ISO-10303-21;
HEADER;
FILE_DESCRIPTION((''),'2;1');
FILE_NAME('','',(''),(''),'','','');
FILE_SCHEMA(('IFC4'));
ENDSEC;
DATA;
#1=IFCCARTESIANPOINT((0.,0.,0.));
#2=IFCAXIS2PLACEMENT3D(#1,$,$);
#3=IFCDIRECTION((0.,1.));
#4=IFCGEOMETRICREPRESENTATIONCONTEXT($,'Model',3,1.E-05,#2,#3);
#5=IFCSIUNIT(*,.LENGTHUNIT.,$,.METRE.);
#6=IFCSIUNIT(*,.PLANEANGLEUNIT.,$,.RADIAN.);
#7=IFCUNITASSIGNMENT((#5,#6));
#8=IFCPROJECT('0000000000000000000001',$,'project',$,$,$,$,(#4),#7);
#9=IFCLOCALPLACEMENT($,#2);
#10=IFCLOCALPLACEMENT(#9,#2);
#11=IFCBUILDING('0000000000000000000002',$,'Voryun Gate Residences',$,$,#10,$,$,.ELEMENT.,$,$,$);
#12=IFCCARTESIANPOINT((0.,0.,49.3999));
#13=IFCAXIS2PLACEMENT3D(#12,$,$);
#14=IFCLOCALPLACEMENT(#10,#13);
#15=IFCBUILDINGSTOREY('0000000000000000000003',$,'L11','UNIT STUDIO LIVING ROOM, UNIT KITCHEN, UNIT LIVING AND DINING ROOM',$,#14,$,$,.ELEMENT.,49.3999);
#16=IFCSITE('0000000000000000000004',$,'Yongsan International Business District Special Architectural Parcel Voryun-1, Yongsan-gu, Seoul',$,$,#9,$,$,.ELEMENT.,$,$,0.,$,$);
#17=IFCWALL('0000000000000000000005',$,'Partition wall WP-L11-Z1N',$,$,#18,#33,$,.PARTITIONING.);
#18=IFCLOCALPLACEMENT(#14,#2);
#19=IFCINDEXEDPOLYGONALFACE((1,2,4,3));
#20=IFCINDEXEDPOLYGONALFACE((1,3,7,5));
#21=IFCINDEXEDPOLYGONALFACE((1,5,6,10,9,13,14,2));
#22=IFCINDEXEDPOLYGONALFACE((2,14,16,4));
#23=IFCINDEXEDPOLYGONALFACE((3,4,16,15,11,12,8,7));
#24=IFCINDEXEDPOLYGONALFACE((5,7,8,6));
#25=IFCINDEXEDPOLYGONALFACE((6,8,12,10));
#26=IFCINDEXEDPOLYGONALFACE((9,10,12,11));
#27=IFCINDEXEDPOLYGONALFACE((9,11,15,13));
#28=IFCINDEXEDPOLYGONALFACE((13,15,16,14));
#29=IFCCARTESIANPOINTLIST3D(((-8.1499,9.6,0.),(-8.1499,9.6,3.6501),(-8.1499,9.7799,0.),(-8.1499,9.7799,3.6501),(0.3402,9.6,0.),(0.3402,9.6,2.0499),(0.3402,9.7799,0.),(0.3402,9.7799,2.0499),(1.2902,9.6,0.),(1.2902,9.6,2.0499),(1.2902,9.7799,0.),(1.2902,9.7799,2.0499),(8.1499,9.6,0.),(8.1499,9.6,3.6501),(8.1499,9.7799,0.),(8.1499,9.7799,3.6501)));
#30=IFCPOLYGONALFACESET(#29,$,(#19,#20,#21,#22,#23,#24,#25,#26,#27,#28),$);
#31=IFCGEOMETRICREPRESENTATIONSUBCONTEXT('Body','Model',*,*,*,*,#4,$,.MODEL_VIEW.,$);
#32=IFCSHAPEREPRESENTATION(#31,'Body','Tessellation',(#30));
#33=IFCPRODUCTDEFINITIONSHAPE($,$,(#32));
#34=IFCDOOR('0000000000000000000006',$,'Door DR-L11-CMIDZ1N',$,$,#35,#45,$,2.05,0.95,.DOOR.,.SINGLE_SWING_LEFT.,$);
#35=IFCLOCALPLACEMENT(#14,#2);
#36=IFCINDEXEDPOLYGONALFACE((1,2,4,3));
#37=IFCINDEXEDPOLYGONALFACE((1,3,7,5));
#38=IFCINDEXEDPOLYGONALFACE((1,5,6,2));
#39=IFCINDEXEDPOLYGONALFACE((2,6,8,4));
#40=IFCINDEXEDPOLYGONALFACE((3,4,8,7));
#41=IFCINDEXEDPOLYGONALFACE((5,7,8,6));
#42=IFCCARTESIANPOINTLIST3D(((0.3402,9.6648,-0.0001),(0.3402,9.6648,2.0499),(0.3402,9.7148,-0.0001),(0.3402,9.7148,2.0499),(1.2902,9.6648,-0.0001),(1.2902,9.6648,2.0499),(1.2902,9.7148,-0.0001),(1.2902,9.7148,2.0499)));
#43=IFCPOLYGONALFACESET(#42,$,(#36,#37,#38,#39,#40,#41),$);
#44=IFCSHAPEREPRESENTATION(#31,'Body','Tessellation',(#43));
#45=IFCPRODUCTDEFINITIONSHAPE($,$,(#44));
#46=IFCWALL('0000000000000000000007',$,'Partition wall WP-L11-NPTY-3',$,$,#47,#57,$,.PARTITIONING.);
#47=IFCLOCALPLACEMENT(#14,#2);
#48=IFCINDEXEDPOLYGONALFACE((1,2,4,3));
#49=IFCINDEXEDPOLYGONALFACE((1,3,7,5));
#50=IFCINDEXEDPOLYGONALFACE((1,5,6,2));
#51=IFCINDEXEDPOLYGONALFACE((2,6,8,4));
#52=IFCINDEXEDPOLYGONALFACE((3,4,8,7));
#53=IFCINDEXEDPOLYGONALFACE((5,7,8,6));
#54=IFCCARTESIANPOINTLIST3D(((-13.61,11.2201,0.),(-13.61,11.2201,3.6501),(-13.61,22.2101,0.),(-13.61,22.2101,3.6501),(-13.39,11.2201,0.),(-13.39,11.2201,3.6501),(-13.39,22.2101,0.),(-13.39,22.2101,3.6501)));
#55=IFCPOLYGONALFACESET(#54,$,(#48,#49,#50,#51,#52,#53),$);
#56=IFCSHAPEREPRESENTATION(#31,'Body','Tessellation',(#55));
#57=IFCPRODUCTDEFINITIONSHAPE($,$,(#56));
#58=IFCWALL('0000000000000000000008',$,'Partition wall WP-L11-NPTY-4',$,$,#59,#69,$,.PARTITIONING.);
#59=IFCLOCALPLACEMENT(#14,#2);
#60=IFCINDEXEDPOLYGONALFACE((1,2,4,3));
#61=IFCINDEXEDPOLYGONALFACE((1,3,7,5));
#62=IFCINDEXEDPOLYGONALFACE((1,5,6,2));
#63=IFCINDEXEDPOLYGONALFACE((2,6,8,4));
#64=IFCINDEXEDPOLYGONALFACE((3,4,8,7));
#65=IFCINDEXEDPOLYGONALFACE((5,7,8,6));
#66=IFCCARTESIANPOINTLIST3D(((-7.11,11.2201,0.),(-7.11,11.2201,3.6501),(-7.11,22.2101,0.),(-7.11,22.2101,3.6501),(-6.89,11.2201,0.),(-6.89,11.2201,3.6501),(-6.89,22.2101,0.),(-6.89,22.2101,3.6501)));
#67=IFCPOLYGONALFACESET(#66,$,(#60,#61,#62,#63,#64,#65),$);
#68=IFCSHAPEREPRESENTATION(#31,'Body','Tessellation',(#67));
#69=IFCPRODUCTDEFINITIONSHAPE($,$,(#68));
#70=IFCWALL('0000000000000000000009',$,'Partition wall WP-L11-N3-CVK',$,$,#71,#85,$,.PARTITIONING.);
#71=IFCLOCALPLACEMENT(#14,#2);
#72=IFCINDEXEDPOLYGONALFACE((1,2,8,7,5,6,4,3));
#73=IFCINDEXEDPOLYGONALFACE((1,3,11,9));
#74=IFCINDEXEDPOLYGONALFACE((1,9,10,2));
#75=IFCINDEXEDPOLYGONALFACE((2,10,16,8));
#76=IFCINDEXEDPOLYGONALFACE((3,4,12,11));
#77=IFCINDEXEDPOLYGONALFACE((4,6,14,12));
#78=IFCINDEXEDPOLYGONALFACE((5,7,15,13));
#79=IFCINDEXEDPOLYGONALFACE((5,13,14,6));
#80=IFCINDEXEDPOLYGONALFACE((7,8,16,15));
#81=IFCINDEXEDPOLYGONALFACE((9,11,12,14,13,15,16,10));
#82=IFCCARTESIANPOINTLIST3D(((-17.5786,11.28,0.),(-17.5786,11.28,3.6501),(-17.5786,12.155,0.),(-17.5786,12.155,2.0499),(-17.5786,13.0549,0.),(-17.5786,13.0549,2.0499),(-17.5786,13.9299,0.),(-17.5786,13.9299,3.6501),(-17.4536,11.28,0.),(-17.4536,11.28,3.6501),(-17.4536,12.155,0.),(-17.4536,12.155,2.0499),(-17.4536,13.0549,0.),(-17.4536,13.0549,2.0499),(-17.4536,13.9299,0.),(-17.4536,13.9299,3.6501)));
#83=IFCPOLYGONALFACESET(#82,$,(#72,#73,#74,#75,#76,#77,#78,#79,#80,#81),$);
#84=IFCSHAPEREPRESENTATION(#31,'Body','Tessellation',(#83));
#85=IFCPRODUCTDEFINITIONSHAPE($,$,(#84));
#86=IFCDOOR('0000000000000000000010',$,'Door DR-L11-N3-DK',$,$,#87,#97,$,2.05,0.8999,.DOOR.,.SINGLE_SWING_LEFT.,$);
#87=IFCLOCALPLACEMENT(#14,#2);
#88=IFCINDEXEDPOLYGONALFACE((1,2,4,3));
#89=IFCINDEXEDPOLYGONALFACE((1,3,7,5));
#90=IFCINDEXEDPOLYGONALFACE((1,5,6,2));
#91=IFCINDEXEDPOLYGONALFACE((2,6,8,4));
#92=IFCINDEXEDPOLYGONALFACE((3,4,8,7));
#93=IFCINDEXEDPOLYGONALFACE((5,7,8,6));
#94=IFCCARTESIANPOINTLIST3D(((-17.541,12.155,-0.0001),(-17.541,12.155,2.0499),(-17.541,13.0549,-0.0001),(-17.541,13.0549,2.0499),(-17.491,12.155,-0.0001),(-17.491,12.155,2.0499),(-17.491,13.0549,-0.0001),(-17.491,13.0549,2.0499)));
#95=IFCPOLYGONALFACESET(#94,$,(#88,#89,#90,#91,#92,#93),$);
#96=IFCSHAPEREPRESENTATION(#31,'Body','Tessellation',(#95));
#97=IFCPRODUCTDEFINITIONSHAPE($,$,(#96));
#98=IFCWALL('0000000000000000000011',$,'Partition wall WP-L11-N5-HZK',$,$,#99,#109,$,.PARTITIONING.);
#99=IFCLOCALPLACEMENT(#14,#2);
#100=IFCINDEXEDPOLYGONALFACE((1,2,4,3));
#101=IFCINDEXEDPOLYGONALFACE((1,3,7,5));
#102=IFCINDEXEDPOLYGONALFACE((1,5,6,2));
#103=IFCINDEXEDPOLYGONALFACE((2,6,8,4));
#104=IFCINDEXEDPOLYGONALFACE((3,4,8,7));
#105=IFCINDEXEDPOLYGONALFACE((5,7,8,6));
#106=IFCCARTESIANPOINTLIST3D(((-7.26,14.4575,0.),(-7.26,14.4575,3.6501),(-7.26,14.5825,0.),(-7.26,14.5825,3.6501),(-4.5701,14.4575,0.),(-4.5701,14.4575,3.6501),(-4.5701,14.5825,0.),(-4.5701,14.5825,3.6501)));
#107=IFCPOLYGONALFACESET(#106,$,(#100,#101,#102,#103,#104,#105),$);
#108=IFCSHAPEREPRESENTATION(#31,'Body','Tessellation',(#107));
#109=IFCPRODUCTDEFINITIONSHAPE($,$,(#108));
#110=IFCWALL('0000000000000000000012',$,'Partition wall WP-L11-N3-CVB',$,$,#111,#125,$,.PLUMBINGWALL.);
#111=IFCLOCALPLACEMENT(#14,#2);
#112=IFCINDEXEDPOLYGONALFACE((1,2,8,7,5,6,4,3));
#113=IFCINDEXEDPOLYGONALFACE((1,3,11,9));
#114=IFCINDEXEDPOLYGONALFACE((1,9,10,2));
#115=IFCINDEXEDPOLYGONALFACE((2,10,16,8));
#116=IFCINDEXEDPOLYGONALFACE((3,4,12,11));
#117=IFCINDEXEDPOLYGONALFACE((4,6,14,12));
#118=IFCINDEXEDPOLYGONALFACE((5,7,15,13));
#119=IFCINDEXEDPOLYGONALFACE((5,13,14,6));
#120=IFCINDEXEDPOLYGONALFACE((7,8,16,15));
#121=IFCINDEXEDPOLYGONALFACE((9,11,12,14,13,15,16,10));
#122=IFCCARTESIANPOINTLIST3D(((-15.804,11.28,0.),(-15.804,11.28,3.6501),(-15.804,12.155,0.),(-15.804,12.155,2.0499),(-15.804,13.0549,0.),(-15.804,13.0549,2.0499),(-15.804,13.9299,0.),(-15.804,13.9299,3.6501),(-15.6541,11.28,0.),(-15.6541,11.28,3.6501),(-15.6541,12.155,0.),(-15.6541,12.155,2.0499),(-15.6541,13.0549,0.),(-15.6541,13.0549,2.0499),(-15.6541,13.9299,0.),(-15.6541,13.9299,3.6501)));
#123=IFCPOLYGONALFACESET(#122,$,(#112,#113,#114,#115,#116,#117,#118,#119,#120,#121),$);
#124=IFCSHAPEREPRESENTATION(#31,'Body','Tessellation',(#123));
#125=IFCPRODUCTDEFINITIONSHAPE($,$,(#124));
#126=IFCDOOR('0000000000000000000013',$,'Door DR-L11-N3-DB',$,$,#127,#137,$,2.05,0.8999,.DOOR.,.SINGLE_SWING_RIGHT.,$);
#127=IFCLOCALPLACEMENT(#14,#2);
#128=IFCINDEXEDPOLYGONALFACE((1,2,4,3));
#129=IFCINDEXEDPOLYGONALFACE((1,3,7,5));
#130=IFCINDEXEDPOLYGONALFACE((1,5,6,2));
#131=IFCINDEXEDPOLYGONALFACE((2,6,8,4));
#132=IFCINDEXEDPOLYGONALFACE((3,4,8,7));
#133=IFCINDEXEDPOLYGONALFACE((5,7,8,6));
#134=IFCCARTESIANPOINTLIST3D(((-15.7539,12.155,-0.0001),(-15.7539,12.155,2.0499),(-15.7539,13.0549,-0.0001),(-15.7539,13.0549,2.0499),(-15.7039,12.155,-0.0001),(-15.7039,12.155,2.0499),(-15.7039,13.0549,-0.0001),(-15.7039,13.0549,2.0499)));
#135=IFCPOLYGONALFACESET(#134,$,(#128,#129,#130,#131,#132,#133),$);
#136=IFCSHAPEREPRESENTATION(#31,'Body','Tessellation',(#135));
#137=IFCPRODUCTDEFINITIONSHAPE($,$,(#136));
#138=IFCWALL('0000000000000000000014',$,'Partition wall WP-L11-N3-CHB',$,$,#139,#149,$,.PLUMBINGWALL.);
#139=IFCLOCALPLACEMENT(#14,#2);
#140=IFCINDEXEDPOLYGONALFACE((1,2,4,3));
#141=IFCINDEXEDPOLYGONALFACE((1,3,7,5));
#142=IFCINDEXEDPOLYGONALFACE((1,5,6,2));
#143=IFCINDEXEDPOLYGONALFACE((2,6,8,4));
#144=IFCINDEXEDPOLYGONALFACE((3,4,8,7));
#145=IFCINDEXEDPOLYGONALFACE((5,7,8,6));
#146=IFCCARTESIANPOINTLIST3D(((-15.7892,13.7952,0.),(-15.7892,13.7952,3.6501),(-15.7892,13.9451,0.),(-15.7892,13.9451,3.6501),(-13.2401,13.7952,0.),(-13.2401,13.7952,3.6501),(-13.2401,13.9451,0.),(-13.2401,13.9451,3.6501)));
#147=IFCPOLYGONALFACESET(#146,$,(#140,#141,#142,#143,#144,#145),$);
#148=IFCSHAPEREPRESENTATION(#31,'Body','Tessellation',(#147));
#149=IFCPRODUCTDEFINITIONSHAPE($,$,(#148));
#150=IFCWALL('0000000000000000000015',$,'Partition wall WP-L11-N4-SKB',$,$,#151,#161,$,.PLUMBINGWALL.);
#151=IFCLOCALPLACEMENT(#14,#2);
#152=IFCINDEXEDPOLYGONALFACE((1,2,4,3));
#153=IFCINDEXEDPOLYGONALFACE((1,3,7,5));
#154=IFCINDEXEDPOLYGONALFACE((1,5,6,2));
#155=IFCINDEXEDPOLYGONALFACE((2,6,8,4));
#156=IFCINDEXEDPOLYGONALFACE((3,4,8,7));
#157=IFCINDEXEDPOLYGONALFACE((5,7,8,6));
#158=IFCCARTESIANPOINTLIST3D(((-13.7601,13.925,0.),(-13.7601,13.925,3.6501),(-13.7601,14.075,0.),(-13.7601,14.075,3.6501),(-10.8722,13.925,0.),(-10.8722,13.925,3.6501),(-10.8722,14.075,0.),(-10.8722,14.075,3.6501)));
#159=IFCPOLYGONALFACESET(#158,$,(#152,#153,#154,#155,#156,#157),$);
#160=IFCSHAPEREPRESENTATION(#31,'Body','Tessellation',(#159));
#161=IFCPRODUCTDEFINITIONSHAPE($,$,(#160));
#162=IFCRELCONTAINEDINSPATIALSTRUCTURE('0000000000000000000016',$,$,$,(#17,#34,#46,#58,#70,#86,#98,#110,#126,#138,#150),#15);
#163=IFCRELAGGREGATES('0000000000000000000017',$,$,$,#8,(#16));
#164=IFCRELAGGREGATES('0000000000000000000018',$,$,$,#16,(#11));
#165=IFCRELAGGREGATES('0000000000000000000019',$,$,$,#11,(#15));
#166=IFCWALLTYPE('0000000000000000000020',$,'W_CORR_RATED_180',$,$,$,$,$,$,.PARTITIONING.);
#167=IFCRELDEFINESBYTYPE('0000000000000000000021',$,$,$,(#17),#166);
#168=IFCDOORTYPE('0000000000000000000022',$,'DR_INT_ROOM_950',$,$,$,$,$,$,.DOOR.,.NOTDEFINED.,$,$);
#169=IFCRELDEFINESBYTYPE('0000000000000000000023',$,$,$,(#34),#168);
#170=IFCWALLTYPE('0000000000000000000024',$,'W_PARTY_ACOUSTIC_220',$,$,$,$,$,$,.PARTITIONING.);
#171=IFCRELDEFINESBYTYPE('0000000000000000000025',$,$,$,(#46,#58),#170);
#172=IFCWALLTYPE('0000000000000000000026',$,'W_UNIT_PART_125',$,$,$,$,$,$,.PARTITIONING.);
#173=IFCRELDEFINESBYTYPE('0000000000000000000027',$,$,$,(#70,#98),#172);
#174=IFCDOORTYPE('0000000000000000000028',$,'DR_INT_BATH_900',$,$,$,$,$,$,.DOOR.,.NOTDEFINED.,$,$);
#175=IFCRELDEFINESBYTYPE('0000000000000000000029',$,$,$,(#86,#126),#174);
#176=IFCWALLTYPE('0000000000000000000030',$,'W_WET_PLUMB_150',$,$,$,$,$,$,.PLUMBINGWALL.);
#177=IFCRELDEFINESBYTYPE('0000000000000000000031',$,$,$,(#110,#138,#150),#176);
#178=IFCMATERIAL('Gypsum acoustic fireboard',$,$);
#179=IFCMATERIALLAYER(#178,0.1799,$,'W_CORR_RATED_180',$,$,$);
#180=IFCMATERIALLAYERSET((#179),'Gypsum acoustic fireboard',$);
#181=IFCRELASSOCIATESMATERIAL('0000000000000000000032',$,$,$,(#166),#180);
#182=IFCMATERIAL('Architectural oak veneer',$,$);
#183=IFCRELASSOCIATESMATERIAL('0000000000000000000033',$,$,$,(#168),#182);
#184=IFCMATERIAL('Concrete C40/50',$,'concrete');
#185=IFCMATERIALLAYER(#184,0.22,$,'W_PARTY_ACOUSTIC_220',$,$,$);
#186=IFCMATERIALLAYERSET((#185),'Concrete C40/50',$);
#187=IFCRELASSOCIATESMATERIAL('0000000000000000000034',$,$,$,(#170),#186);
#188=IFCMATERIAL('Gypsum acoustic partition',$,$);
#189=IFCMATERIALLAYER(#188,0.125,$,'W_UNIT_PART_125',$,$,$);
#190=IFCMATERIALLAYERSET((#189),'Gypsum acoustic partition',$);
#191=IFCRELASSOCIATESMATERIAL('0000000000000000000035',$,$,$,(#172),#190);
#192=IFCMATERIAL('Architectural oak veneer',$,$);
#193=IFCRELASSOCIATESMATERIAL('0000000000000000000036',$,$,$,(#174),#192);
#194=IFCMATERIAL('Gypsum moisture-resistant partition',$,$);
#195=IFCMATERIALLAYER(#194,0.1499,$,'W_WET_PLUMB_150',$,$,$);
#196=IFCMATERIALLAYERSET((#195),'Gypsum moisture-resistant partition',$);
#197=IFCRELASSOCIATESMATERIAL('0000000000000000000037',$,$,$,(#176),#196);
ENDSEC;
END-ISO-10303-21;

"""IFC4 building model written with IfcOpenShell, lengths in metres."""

from ifc_helpers import new_model, si_unit, direction, frame, frame_2d, origin, place, context, subcontext, project, spatial, rectangle, extrude, material, layer, layer_set, type_object, element, fill, save


model = new_model("IFC4")

# Units and contexts
model_context = context("Model", 3, precision=1e-05, world=origin(), true_north=direction((0.0, 1.0)))
body_context = subcontext(model_context, "Body", "Model", "MODEL_VIEW")
ifc_project = project(units=[si_unit("LENGTHUNIT", "METRE"), si_unit("PLANEANGLEUNIT", "RADIAN")], contexts=[model_context])

# Site, building, storey
site_placement = place(None, origin())
site = spatial("IfcSite", under=ifc_project, at=site_placement, Name="Yongsan International Business District Special Architectural Parcel Voryun-1, Yongsan-gu, Seoul", CompositionType="ELEMENT", RefElevation=0.0)
building_placement = place(site_placement, origin())
building = spatial("IfcBuilding", under=site, at=building_placement, Name="Voryun Gate Residences", CompositionType="ELEMENT")
storey_placement = place(building_placement, frame((0.0, 0.0, 49.3999)))
storey = spatial("IfcBuildingStorey", under=building, at=storey_placement, Name="L11", Description="UNIT STUDIO LIVING ROOM, UNIT KITCHEN, UNIT LIVING AND DINING ROOM", CompositionType="ELEMENT", Elevation=49.3999)

# Wall, opening, door
ifc_material_1 = material(Name="Gypsum acoustic fireboard")
ifc_layer_1 = layer(ifc_material_1, 0.1799, Name="W_CORR_RATED_180")
ifc_layer_set_1 = layer_set([ifc_layer_1], Name="Gypsum acoustic fireboard")
wall_type_1 = type_object("IfcWallType", Name="W_CORR_RATED_180", PredefinedType="PARTITIONING", material=ifc_layer_set_1)
wall_1_placement = place(storey_placement, frame((-8.1499, 9.6899, 0.0), z_axis=(0.0, 0.0, 1.0), x_axis=(1.0, 0.0, 0.0)))
wall_1 = element("IfcWall", 1, at=wall_1_placement, inside=storey, type_object=wall_type_1, Name="Partition wall WP-L11-Z1N", PredefinedType="PARTITIONING", context=body_context, shape_type="SweptSolid", body=[
    extrude(rectangle(XDim=16.2998, YDim=0.1799, at=frame_2d((8.1499, 0.0))), origin(), (0.0, 0.0, 1.0), 3.6501),
])
opening_1_placement = place(wall_1_placement, frame((8.49, 0.0, 0.0)))
opening_1 = element("IfcOpeningElement", 2, at=opening_1_placement, cuts=wall_1, PredefinedType="OPENING", context=body_context, shape_type="SweptSolid", body=[
    extrude(rectangle(XDim=0.95, YDim=2.05, at=frame_2d((0.4751, 1.0249))), frame((0.0, 0.0999, 0.0), z_axis=(0.0, -1.0, 0.0), x_axis=(1.0, 0.0, 0.0)), (0.0, 0.0, 1.0), 0.2),
])
ifc_material_2 = material(Name="Architectural oak veneer")
door_type_1 = type_object("IfcDoorType", Name="DR_INT_ROOM_950", OperationType="NOTDEFINED", PredefinedType="DOOR", material=ifc_material_2)
door_1_placement = place(opening_1_placement, origin())
door_1 = element("IfcDoor", 3, at=door_1_placement, inside=storey, type_object=door_type_1, Name="Door DR-L11-CMIDZ1N", OperationType="SINGLE_SWING_LEFT", OverallHeight=2.05, OverallWidth=0.95, PredefinedType="DOOR", context=body_context, shape_type="SweptSolid", body=[
    extrude(rectangle(XDim=0.95, YDim=2.05, at=frame_2d((0.4751, 1.0249))), frame((0.0, 0.0249, 0.0), z_axis=(0.0, -1.0, 0.0), x_axis=(1.0, 0.0, 0.0)), (0.0, 0.0, 1.0), 0.05),
])
fill(opening_1, door_1)

# Walls
ifc_material_3 = material(Name="Concrete C40/50", Category="concrete")
ifc_layer_2 = layer(ifc_material_3, 0.22, Name="W_PARTY_ACOUSTIC_220")
ifc_layer_set_2 = layer_set([ifc_layer_2], Name="Concrete C40/50")
wall_type_2 = type_object("IfcWallType", Name="W_PARTY_ACOUSTIC_220", PredefinedType="PARTITIONING", material=ifc_layer_set_2)
for number, where, z_axis, x_axis, name in (
    (4, (-13.5, 11.22, 0.0), (0.0, 0.0, 1.0), (0.0, 1.0, 0.0), "Partition wall WP-L11-NPTY-3"),
    (5, (-7.0, 11.22, 0.0), (0.0, 0.0, 1.0), (0.0, 1.0, 0.0), "Partition wall WP-L11-NPTY-4"),
):
    element("IfcWall", number, at=place(storey_placement, frame(where, z_axis=z_axis, x_axis=x_axis)), inside=storey, type_object=wall_type_2, Name=name, PredefinedType="PARTITIONING", context=body_context, shape_type="SweptSolid", body=[
        extrude(rectangle(XDim=10.99, YDim=0.22, at=frame_2d((5.4951, 0.0))), origin(), (0.0, 0.0, 1.0), 3.6501),
    ])

# Wall, opening, door
ifc_material_4 = material(Name="Gypsum acoustic partition")
ifc_layer_3 = layer(ifc_material_4, 0.125, Name="W_UNIT_PART_125")
ifc_layer_set_3 = layer_set([ifc_layer_3], Name="Gypsum acoustic partition")
wall_type_3 = type_object("IfcWallType", Name="W_UNIT_PART_125", PredefinedType="PARTITIONING", material=ifc_layer_set_3)
wall_2_placement = place(storey_placement, frame((-17.5161, 11.28, 0.0), z_axis=(0.0, 0.0, 1.0), x_axis=(0.0, 1.0, 0.0)))
wall_2 = element("IfcWall", 6, at=wall_2_placement, inside=storey, type_object=wall_type_3, Name="Partition wall WP-L11-N3-CVK", PredefinedType="PARTITIONING", context=body_context, shape_type="SweptSolid", body=[
    extrude(rectangle(XDim=2.6499, YDim=0.125, at=frame_2d((1.325, 0.0))), origin(), (0.0, 0.0, 1.0), 3.6501),
])
opening_2_placement = place(wall_2_placement, frame((0.875, 0.0, 0.0)))
opening_2 = element("IfcOpeningElement", 7, at=opening_2_placement, cuts=wall_2, PredefinedType="OPENING", context=body_context, shape_type="SweptSolid", body=[
    extrude(rectangle(XDim=0.8999, YDim=2.05, at=frame_2d((0.45, 1.0249))), frame((0.0, 0.0725, 0.0), z_axis=(0.0, -1.0, 0.0), x_axis=(1.0, 0.0, 0.0)), (0.0, 0.0, 1.0), 0.145),
])
ifc_material_5 = material(Name="Architectural oak veneer")
door_type_2 = type_object("IfcDoorType", Name="DR_INT_BATH_900", OperationType="NOTDEFINED", PredefinedType="DOOR", material=ifc_material_5)
door_2_placement = place(opening_2_placement, origin())
door_2 = element("IfcDoor", 8, at=door_2_placement, inside=storey, type_object=door_type_2, Name="Door DR-L11-N3-DK", OperationType="SINGLE_SWING_LEFT", OverallHeight=2.05, OverallWidth=0.8999, PredefinedType="DOOR", context=body_context, shape_type="SweptSolid", body=[
    extrude(rectangle(XDim=0.8999, YDim=2.05, at=frame_2d((0.45, 1.0249))), frame((0.0, 0.0249, 0.0), z_axis=(0.0, -1.0, 0.0), x_axis=(1.0, 0.0, 0.0)), (0.0, 0.0, 1.0), 0.05),
])
fill(opening_2, door_2)

# Wall
wall_3_placement = place(storey_placement, frame((-7.26, 14.52, 0.0), z_axis=(0.0, 0.0, 1.0), x_axis=(1.0, 0.0, 0.0)))
element("IfcWall", 9, at=wall_3_placement, inside=storey, type_object=wall_type_3, Name="Partition wall WP-L11-N5-HZK", PredefinedType="PARTITIONING", context=body_context, shape_type="SweptSolid", body=[
    extrude(rectangle(XDim=2.6899, YDim=0.125, at=frame_2d((1.345, 0.0))), origin(), (0.0, 0.0, 1.0), 3.6501),
])

# Wall, opening, door
ifc_material_6 = material(Name="Gypsum moisture-resistant partition")
ifc_layer_4 = layer(ifc_material_6, 0.1499, Name="W_WET_PLUMB_150")
ifc_layer_set_4 = layer_set([ifc_layer_4], Name="Gypsum moisture-resistant partition")
wall_type_4 = type_object("IfcWallType", Name="W_WET_PLUMB_150", PredefinedType="PLUMBINGWALL", material=ifc_layer_set_4)
wall_4_placement = place(storey_placement, frame((-15.729, 11.28, 0.0), z_axis=(0.0, 0.0, 1.0), x_axis=(0.0, 1.0, 0.0)))
wall_4 = element("IfcWall", 10, at=wall_4_placement, inside=storey, type_object=wall_type_4, Name="Partition wall WP-L11-N3-CVB", PredefinedType="PLUMBINGWALL", context=body_context, shape_type="SweptSolid", body=[
    extrude(rectangle(XDim=2.6499, YDim=0.1499, at=frame_2d((1.325, 0.0))), origin(), (0.0, 0.0, 1.0), 3.6501),
])
opening_3_placement = place(wall_4_placement, frame((0.875, 0.0, 0.0)))
opening_3 = element("IfcOpeningElement", 11, at=opening_3_placement, cuts=wall_4, PredefinedType="OPENING", context=body_context, shape_type="SweptSolid", body=[
    extrude(rectangle(XDim=0.8999, YDim=2.05, at=frame_2d((0.45, 1.0249))), frame((0.0, 0.085, 0.0), z_axis=(0.0, -1.0, 0.0), x_axis=(1.0, 0.0, 0.0)), (0.0, 0.0, 1.0), 0.1699),
])
door_3_placement = place(opening_3_placement, origin())
door_3 = element("IfcDoor", 12, at=door_3_placement, inside=storey, type_object=door_type_2, Name="Door DR-L11-N3-DB", OperationType="SINGLE_SWING_RIGHT", OverallHeight=2.05, OverallWidth=0.8999, PredefinedType="DOOR", context=body_context, shape_type="SweptSolid", body=[
    extrude(rectangle(XDim=0.8999, YDim=2.05, at=frame_2d((0.45, 1.0249))), frame((0.0, 0.0249, 0.0), z_axis=(0.0, -1.0, 0.0), x_axis=(1.0, 0.0, 0.0)), (0.0, 0.0, 1.0), 0.05),
])
fill(opening_3, door_3)

# Walls
wall_5_placement = place(storey_placement, frame((-15.7891, 13.8701, 0.0), z_axis=(0.0, 0.0, 1.0), x_axis=(1.0, 0.0, 0.0)))
element("IfcWall", 13, at=wall_5_placement, inside=storey, type_object=wall_type_4, Name="Partition wall WP-L11-N3-CHB", PredefinedType="PLUMBINGWALL", context=body_context, shape_type="SweptSolid", body=[
    extrude(rectangle(XDim=2.5491, YDim=0.1499, at=frame_2d((1.2744, 0.0))), origin(), (0.0, 0.0, 1.0), 3.6501),
])
wall_6_placement = place(storey_placement, frame((-13.76, 14.0, 0.0), z_axis=(0.0, 0.0, 1.0), x_axis=(1.0, 0.0, 0.0)))
element("IfcWall", 14, at=wall_6_placement, inside=storey, type_object=wall_type_4, Name="Partition wall WP-L11-N4-SKB", PredefinedType="PLUMBINGWALL", context=body_context, shape_type="SweptSolid", body=[
    extrude(rectangle(XDim=2.8879, YDim=0.1499, at=frame_2d((1.4438, 0.0))), origin(), (0.0, 0.0, 1.0), 3.6501),
])

save(model, "model.ifc")
